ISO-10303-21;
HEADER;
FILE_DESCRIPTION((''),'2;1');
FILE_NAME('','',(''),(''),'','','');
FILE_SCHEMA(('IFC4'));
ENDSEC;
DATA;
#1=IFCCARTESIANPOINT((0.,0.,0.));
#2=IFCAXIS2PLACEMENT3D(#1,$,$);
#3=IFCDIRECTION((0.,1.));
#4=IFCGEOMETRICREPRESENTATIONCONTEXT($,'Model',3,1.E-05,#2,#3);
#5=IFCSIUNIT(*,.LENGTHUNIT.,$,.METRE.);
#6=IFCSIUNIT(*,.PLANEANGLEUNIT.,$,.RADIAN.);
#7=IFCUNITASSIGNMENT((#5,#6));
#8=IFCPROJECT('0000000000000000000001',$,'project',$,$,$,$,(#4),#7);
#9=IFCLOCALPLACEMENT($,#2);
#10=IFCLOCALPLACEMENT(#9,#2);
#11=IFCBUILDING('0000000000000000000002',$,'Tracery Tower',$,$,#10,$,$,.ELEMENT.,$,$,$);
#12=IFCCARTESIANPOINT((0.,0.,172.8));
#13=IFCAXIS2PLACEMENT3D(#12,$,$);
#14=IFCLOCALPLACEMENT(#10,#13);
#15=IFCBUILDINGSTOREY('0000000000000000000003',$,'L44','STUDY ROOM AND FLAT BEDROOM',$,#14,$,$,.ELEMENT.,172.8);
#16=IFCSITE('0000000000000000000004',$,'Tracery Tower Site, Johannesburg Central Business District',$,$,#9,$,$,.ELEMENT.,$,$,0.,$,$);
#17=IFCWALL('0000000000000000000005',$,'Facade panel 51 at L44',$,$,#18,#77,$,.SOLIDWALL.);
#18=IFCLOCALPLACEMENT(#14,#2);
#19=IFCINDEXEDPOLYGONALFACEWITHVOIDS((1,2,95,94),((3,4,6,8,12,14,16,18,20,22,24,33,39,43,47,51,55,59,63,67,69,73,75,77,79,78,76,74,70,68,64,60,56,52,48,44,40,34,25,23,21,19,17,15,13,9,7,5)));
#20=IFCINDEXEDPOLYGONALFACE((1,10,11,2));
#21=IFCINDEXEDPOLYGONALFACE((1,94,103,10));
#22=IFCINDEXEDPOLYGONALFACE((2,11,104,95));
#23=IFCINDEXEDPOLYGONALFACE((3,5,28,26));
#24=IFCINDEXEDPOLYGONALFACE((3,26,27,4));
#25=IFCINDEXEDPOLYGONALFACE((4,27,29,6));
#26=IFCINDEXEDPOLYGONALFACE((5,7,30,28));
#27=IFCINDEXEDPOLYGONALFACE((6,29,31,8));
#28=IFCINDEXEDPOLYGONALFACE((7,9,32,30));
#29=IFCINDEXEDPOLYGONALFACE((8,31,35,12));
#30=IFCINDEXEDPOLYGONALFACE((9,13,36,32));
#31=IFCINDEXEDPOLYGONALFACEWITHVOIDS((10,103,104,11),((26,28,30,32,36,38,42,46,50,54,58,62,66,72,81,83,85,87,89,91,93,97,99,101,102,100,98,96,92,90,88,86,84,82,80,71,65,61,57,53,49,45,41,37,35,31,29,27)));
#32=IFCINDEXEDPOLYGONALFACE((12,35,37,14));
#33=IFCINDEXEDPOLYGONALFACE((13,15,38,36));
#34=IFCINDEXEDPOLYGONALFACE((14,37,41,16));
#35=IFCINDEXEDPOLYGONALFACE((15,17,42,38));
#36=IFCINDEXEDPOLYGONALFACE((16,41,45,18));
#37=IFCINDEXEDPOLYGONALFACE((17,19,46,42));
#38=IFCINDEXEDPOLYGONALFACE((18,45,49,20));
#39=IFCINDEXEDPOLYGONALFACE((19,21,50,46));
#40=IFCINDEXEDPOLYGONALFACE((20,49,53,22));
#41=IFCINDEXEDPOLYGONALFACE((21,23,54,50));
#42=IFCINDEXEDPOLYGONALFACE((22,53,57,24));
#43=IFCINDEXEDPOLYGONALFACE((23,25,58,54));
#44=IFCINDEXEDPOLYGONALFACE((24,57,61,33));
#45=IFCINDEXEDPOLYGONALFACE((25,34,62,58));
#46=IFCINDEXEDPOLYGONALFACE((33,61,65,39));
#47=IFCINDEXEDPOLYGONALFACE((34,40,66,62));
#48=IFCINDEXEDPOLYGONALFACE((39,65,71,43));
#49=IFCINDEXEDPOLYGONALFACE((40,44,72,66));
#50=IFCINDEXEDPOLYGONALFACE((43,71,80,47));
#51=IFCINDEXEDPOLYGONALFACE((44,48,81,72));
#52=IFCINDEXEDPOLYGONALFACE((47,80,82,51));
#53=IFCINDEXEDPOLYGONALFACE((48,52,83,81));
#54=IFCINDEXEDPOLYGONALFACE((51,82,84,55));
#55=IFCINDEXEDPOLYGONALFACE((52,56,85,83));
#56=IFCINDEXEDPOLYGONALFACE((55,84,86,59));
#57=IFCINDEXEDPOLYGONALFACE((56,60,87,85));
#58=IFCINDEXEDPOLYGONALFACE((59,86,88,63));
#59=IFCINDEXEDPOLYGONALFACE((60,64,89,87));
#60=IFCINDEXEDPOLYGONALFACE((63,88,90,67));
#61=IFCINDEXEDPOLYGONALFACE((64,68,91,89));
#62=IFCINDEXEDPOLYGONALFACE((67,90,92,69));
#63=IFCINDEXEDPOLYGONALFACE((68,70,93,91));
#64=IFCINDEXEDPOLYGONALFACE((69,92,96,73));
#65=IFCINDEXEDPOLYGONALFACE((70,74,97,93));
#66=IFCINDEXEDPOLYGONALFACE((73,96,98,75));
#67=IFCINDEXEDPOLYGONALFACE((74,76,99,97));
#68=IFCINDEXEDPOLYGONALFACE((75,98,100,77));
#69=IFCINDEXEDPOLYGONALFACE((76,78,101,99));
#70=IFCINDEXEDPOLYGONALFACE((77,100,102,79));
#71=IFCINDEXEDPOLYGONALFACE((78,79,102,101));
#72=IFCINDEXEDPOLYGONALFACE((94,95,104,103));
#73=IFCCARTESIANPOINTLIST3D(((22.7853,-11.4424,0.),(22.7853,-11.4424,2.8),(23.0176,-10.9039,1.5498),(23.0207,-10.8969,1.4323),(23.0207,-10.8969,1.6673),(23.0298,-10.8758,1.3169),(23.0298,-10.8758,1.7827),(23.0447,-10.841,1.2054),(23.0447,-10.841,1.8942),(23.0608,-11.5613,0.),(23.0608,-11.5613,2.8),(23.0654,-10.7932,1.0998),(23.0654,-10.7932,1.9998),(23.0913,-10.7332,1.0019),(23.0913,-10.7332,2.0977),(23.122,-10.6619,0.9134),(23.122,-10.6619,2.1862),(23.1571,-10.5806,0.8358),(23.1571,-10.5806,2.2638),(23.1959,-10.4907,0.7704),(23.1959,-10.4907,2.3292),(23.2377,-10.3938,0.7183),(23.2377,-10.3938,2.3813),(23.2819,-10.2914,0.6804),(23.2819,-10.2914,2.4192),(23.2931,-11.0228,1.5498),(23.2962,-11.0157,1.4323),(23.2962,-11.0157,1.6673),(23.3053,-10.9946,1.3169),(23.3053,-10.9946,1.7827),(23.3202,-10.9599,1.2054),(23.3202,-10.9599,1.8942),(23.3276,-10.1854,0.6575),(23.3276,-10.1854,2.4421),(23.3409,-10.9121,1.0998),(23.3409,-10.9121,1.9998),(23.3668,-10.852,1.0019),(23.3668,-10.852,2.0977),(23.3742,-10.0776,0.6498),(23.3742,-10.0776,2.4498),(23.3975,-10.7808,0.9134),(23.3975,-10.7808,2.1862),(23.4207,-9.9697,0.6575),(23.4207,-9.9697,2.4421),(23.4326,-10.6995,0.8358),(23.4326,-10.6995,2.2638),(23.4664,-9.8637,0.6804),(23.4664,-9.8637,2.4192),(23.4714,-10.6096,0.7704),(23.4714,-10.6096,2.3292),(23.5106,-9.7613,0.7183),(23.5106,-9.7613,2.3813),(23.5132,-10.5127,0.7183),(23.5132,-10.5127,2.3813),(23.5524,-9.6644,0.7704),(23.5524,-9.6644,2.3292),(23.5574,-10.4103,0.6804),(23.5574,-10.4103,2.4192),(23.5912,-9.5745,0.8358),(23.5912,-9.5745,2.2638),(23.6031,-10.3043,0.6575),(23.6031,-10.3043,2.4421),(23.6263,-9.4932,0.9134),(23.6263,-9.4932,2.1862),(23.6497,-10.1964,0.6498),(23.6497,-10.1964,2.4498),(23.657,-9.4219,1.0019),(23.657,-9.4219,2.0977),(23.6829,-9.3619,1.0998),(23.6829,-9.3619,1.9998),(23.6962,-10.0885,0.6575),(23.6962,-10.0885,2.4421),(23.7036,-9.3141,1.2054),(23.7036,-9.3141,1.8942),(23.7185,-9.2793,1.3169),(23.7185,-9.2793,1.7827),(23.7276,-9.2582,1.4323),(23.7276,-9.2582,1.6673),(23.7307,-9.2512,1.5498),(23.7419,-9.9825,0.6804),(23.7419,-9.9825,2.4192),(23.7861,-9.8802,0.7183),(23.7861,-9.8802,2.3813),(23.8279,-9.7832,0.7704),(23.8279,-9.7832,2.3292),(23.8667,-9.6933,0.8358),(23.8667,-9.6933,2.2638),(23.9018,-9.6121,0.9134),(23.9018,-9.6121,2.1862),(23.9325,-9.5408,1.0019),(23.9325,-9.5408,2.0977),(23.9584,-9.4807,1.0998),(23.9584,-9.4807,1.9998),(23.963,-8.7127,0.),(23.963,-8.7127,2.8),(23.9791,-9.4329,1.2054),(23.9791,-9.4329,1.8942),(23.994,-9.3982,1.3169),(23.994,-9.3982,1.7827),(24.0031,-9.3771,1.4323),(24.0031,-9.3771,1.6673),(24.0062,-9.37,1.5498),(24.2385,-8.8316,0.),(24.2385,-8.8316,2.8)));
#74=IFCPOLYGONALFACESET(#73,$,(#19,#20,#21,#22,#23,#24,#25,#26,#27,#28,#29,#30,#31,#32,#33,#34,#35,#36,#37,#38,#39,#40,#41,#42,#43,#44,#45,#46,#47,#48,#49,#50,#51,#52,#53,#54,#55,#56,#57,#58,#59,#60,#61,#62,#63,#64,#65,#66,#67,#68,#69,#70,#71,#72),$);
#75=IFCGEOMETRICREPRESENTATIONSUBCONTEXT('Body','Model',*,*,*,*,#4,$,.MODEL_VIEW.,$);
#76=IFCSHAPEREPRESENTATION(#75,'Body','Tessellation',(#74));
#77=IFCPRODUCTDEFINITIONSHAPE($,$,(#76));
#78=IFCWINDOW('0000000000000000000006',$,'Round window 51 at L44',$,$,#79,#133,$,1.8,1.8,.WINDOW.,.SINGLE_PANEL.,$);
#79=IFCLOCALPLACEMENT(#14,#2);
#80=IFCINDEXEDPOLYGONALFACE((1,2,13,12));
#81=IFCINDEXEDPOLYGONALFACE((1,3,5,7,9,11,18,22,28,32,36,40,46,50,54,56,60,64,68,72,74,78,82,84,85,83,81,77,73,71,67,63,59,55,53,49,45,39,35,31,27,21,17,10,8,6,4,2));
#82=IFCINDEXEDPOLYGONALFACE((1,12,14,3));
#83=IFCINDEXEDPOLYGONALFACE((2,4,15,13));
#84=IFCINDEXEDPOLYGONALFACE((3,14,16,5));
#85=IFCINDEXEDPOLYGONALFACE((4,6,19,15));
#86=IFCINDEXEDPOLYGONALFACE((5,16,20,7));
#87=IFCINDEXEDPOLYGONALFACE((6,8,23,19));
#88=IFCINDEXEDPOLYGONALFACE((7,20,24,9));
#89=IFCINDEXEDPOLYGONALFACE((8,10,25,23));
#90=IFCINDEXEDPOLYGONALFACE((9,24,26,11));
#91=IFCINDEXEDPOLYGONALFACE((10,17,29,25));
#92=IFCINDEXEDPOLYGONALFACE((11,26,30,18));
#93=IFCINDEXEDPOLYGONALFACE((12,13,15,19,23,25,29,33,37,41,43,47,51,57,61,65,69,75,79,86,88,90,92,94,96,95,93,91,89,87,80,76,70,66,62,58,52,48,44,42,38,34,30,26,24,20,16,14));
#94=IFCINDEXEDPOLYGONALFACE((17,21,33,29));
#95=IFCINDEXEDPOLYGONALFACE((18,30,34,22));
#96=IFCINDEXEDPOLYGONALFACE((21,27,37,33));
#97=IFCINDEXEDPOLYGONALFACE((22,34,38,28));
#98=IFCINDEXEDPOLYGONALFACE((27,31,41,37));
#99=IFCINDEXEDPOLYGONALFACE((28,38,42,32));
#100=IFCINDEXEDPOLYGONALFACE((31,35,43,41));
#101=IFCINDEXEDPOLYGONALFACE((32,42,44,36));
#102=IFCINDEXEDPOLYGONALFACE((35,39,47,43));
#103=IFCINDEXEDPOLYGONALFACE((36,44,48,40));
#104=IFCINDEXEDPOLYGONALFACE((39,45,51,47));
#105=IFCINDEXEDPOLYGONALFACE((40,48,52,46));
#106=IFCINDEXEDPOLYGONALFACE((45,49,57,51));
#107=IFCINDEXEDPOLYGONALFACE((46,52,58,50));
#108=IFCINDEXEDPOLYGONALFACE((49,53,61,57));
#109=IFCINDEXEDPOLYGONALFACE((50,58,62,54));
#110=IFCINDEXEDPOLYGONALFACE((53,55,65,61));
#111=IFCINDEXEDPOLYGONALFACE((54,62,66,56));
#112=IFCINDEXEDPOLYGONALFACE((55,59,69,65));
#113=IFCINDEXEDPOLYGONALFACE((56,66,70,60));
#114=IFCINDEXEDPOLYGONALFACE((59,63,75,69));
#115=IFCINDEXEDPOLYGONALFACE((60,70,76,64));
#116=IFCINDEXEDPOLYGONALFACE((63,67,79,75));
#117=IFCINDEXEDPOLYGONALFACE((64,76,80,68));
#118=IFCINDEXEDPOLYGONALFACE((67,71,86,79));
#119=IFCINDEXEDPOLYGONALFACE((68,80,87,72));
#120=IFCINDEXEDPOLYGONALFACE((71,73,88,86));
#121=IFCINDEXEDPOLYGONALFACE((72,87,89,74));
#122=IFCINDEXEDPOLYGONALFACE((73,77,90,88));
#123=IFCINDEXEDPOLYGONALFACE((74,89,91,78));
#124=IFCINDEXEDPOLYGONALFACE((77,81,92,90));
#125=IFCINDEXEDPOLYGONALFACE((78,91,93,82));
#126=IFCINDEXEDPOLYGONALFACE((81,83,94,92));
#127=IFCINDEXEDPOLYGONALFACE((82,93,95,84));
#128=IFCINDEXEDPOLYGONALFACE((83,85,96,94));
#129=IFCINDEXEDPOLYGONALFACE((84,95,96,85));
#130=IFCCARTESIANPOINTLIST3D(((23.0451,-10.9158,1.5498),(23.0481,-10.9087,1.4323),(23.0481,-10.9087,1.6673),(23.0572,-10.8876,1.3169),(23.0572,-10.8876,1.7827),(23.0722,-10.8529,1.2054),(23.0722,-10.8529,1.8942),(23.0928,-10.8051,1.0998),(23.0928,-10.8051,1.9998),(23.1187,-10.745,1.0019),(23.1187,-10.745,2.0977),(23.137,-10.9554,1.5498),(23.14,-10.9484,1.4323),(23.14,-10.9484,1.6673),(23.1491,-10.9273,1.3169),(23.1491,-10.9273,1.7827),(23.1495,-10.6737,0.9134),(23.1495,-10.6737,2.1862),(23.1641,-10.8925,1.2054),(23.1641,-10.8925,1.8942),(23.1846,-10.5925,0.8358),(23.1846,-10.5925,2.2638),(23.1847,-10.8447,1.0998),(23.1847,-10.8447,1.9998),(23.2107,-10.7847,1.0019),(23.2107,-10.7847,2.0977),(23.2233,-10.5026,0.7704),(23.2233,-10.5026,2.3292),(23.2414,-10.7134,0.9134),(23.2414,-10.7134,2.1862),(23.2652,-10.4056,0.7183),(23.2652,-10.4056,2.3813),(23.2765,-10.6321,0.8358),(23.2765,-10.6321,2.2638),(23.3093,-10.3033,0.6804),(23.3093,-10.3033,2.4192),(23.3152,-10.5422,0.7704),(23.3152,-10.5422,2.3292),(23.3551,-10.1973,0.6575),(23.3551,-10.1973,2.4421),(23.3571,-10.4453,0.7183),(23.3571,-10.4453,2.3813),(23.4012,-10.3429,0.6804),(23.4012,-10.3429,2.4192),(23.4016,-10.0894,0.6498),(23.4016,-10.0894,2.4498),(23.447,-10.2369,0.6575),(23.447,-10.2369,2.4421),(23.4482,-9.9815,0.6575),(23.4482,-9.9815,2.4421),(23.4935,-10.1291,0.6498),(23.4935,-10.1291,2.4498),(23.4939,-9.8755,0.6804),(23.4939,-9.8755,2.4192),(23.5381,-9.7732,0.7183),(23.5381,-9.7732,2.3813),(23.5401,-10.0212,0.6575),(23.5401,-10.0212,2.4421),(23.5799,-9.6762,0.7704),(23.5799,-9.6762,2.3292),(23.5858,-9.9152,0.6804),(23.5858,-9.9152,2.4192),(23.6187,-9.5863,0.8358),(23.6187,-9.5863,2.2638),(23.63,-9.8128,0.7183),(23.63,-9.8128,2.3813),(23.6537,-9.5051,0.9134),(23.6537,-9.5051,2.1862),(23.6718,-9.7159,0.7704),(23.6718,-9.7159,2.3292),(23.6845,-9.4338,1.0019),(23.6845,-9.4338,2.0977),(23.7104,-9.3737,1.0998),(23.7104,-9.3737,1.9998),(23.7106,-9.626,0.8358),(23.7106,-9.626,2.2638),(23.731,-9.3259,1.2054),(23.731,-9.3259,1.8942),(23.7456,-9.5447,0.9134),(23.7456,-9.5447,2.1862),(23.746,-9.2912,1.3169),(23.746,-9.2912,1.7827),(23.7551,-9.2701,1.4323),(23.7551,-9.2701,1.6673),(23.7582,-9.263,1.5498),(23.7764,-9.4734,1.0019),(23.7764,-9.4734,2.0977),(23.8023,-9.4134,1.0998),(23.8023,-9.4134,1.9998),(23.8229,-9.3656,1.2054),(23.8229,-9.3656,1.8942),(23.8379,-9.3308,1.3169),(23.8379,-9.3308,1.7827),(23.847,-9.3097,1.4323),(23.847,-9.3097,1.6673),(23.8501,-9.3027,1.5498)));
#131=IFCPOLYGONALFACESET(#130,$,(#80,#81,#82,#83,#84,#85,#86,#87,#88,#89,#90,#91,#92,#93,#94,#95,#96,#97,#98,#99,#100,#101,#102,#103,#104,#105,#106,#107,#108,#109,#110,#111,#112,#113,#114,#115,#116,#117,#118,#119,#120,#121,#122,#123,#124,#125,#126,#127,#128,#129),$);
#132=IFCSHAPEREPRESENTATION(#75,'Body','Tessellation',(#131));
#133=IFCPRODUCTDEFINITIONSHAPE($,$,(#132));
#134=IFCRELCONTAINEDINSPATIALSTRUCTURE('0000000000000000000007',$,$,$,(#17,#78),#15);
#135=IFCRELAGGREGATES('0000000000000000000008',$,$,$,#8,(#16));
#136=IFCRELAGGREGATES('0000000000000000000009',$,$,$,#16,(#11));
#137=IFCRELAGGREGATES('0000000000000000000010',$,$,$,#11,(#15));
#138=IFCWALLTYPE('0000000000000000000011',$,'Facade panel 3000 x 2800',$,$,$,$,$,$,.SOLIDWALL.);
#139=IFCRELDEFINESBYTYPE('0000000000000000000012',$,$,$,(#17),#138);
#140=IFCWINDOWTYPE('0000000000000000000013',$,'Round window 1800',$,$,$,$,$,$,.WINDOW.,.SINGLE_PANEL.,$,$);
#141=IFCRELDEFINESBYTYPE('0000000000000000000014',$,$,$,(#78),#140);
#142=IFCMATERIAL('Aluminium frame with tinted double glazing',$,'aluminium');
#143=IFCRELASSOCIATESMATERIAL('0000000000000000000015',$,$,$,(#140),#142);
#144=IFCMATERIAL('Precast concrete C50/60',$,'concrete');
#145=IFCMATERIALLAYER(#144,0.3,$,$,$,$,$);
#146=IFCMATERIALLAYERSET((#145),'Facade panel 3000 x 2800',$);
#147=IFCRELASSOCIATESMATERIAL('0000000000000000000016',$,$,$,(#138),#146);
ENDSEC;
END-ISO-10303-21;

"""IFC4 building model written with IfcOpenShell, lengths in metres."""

from ifc_helpers import new_model, si_unit, direction, frame, frame_2d, origin, origin_2d, place, context, subcontext, project, spatial, rectangle, circle, extrude, material, layer, layer_set, type_object, element, fill, save


model = new_model("IFC4")

# Units and contexts
model_context = context("Model", 3, precision=1e-05, world=origin(), true_north=direction((0.0, 1.0)))
body_context = subcontext(model_context, "Body", "Model", "MODEL_VIEW")
ifc_project = project(units=[si_unit("LENGTHUNIT", "METRE"), si_unit("PLANEANGLEUNIT", "RADIAN")], contexts=[model_context])

# Site, building, storey
site_placement = place(None, origin())
site = spatial("IfcSite", under=ifc_project, at=site_placement, Name="Tracery Tower Site, Johannesburg Central Business District", CompositionType="ELEMENT", RefElevation=0.0)
building_placement = place(site_placement, origin())
building = spatial("IfcBuilding", under=site, at=building_placement, Name="Tracery Tower", CompositionType="ELEMENT")
storey_placement = place(building_placement, frame((0.0, 0.0, 172.8)))
storey = spatial("IfcBuildingStorey", under=building, at=storey_placement, Name="L44", Description="STUDY ROOM AND FLAT BEDROOM", CompositionType="ELEMENT", Elevation=172.8)

# Wall, opening, window
ifc_material_1 = material(Name="Aluminium frame with tinted double glazing", Category="aluminium")
window_type = type_object("IfcWindowType", Name="Round window 1800", PartitioningType="SINGLE_PANEL", PredefinedType="WINDOW", material=ifc_material_1)
ifc_material_2 = material(Name="Precast concrete C50/60", Category="concrete")
ifc_layer_1 = layer(ifc_material_2, 0.3)
ifc_layer_set_1 = layer_set([ifc_layer_1], Name="Facade panel 3000 x 2800")
wall_type_1 = type_object("IfcWallType", Name="Facade panel 3000 x 2800", PredefinedType="SOLIDWALL", material=ifc_layer_set_1)
wall_1_placement = place(storey_placement, frame((22.9231, -11.5017, 0.0), z_axis=(0.0, 0.0, 1.0), x_axis=(0.396148, 0.918187, 0.0)))
wall_1 = element("IfcWall", 1, at=wall_1_placement, inside=storey, type_object=wall_type_1, Name="Facade panel 51 at L44", PredefinedType="SOLIDWALL", context=body_context, shape_type="SweptSolid", body=[
    extrude(rectangle(XDim=2.9729, YDim=0.3, at=frame_2d((1.4863, 0.0))), origin(), (0.0, 0.0, 1.0), 2.8),
])
opening_1_placement = place(wall_1_placement, frame((1.4863, 0.0, 1.5498)))
opening_1 = element("IfcOpeningElement", 2, at=opening_1_placement, cuts=wall_1, PredefinedType="OPENING", context=body_context, shape_type="SweptSolid", body=[
    extrude(circle(Radius=0.9, at=origin_2d()), frame((0.0, 0.1599, 0.0), z_axis=(0.0, -1.0, 0.0), x_axis=(1.0, 0.0, 0.0)), (0.0, 0.0, 1.0), 0.3201),
])
window_1_placement = place(opening_1_placement, origin())
window_1 = element("IfcWindow", 3, at=window_1_placement, inside=storey, type_object=window_type, Name="Round window 51 at L44", OverallHeight=1.8, OverallWidth=1.8, PartitioningType="SINGLE_PANEL", PredefinedType="WINDOW", context=body_context, shape_type="SweptSolid", body=[
    extrude(circle(Radius=0.9, at=origin_2d()), frame((0.0, 0.1201, 0.0), z_axis=(0.0, -1.0, 0.0), x_axis=(1.0, 0.0, 0.0)), (0.0, 0.0, 1.0), 0.1001),
])
fill(opening_1, window_1)

save(model, "model.ifc")
